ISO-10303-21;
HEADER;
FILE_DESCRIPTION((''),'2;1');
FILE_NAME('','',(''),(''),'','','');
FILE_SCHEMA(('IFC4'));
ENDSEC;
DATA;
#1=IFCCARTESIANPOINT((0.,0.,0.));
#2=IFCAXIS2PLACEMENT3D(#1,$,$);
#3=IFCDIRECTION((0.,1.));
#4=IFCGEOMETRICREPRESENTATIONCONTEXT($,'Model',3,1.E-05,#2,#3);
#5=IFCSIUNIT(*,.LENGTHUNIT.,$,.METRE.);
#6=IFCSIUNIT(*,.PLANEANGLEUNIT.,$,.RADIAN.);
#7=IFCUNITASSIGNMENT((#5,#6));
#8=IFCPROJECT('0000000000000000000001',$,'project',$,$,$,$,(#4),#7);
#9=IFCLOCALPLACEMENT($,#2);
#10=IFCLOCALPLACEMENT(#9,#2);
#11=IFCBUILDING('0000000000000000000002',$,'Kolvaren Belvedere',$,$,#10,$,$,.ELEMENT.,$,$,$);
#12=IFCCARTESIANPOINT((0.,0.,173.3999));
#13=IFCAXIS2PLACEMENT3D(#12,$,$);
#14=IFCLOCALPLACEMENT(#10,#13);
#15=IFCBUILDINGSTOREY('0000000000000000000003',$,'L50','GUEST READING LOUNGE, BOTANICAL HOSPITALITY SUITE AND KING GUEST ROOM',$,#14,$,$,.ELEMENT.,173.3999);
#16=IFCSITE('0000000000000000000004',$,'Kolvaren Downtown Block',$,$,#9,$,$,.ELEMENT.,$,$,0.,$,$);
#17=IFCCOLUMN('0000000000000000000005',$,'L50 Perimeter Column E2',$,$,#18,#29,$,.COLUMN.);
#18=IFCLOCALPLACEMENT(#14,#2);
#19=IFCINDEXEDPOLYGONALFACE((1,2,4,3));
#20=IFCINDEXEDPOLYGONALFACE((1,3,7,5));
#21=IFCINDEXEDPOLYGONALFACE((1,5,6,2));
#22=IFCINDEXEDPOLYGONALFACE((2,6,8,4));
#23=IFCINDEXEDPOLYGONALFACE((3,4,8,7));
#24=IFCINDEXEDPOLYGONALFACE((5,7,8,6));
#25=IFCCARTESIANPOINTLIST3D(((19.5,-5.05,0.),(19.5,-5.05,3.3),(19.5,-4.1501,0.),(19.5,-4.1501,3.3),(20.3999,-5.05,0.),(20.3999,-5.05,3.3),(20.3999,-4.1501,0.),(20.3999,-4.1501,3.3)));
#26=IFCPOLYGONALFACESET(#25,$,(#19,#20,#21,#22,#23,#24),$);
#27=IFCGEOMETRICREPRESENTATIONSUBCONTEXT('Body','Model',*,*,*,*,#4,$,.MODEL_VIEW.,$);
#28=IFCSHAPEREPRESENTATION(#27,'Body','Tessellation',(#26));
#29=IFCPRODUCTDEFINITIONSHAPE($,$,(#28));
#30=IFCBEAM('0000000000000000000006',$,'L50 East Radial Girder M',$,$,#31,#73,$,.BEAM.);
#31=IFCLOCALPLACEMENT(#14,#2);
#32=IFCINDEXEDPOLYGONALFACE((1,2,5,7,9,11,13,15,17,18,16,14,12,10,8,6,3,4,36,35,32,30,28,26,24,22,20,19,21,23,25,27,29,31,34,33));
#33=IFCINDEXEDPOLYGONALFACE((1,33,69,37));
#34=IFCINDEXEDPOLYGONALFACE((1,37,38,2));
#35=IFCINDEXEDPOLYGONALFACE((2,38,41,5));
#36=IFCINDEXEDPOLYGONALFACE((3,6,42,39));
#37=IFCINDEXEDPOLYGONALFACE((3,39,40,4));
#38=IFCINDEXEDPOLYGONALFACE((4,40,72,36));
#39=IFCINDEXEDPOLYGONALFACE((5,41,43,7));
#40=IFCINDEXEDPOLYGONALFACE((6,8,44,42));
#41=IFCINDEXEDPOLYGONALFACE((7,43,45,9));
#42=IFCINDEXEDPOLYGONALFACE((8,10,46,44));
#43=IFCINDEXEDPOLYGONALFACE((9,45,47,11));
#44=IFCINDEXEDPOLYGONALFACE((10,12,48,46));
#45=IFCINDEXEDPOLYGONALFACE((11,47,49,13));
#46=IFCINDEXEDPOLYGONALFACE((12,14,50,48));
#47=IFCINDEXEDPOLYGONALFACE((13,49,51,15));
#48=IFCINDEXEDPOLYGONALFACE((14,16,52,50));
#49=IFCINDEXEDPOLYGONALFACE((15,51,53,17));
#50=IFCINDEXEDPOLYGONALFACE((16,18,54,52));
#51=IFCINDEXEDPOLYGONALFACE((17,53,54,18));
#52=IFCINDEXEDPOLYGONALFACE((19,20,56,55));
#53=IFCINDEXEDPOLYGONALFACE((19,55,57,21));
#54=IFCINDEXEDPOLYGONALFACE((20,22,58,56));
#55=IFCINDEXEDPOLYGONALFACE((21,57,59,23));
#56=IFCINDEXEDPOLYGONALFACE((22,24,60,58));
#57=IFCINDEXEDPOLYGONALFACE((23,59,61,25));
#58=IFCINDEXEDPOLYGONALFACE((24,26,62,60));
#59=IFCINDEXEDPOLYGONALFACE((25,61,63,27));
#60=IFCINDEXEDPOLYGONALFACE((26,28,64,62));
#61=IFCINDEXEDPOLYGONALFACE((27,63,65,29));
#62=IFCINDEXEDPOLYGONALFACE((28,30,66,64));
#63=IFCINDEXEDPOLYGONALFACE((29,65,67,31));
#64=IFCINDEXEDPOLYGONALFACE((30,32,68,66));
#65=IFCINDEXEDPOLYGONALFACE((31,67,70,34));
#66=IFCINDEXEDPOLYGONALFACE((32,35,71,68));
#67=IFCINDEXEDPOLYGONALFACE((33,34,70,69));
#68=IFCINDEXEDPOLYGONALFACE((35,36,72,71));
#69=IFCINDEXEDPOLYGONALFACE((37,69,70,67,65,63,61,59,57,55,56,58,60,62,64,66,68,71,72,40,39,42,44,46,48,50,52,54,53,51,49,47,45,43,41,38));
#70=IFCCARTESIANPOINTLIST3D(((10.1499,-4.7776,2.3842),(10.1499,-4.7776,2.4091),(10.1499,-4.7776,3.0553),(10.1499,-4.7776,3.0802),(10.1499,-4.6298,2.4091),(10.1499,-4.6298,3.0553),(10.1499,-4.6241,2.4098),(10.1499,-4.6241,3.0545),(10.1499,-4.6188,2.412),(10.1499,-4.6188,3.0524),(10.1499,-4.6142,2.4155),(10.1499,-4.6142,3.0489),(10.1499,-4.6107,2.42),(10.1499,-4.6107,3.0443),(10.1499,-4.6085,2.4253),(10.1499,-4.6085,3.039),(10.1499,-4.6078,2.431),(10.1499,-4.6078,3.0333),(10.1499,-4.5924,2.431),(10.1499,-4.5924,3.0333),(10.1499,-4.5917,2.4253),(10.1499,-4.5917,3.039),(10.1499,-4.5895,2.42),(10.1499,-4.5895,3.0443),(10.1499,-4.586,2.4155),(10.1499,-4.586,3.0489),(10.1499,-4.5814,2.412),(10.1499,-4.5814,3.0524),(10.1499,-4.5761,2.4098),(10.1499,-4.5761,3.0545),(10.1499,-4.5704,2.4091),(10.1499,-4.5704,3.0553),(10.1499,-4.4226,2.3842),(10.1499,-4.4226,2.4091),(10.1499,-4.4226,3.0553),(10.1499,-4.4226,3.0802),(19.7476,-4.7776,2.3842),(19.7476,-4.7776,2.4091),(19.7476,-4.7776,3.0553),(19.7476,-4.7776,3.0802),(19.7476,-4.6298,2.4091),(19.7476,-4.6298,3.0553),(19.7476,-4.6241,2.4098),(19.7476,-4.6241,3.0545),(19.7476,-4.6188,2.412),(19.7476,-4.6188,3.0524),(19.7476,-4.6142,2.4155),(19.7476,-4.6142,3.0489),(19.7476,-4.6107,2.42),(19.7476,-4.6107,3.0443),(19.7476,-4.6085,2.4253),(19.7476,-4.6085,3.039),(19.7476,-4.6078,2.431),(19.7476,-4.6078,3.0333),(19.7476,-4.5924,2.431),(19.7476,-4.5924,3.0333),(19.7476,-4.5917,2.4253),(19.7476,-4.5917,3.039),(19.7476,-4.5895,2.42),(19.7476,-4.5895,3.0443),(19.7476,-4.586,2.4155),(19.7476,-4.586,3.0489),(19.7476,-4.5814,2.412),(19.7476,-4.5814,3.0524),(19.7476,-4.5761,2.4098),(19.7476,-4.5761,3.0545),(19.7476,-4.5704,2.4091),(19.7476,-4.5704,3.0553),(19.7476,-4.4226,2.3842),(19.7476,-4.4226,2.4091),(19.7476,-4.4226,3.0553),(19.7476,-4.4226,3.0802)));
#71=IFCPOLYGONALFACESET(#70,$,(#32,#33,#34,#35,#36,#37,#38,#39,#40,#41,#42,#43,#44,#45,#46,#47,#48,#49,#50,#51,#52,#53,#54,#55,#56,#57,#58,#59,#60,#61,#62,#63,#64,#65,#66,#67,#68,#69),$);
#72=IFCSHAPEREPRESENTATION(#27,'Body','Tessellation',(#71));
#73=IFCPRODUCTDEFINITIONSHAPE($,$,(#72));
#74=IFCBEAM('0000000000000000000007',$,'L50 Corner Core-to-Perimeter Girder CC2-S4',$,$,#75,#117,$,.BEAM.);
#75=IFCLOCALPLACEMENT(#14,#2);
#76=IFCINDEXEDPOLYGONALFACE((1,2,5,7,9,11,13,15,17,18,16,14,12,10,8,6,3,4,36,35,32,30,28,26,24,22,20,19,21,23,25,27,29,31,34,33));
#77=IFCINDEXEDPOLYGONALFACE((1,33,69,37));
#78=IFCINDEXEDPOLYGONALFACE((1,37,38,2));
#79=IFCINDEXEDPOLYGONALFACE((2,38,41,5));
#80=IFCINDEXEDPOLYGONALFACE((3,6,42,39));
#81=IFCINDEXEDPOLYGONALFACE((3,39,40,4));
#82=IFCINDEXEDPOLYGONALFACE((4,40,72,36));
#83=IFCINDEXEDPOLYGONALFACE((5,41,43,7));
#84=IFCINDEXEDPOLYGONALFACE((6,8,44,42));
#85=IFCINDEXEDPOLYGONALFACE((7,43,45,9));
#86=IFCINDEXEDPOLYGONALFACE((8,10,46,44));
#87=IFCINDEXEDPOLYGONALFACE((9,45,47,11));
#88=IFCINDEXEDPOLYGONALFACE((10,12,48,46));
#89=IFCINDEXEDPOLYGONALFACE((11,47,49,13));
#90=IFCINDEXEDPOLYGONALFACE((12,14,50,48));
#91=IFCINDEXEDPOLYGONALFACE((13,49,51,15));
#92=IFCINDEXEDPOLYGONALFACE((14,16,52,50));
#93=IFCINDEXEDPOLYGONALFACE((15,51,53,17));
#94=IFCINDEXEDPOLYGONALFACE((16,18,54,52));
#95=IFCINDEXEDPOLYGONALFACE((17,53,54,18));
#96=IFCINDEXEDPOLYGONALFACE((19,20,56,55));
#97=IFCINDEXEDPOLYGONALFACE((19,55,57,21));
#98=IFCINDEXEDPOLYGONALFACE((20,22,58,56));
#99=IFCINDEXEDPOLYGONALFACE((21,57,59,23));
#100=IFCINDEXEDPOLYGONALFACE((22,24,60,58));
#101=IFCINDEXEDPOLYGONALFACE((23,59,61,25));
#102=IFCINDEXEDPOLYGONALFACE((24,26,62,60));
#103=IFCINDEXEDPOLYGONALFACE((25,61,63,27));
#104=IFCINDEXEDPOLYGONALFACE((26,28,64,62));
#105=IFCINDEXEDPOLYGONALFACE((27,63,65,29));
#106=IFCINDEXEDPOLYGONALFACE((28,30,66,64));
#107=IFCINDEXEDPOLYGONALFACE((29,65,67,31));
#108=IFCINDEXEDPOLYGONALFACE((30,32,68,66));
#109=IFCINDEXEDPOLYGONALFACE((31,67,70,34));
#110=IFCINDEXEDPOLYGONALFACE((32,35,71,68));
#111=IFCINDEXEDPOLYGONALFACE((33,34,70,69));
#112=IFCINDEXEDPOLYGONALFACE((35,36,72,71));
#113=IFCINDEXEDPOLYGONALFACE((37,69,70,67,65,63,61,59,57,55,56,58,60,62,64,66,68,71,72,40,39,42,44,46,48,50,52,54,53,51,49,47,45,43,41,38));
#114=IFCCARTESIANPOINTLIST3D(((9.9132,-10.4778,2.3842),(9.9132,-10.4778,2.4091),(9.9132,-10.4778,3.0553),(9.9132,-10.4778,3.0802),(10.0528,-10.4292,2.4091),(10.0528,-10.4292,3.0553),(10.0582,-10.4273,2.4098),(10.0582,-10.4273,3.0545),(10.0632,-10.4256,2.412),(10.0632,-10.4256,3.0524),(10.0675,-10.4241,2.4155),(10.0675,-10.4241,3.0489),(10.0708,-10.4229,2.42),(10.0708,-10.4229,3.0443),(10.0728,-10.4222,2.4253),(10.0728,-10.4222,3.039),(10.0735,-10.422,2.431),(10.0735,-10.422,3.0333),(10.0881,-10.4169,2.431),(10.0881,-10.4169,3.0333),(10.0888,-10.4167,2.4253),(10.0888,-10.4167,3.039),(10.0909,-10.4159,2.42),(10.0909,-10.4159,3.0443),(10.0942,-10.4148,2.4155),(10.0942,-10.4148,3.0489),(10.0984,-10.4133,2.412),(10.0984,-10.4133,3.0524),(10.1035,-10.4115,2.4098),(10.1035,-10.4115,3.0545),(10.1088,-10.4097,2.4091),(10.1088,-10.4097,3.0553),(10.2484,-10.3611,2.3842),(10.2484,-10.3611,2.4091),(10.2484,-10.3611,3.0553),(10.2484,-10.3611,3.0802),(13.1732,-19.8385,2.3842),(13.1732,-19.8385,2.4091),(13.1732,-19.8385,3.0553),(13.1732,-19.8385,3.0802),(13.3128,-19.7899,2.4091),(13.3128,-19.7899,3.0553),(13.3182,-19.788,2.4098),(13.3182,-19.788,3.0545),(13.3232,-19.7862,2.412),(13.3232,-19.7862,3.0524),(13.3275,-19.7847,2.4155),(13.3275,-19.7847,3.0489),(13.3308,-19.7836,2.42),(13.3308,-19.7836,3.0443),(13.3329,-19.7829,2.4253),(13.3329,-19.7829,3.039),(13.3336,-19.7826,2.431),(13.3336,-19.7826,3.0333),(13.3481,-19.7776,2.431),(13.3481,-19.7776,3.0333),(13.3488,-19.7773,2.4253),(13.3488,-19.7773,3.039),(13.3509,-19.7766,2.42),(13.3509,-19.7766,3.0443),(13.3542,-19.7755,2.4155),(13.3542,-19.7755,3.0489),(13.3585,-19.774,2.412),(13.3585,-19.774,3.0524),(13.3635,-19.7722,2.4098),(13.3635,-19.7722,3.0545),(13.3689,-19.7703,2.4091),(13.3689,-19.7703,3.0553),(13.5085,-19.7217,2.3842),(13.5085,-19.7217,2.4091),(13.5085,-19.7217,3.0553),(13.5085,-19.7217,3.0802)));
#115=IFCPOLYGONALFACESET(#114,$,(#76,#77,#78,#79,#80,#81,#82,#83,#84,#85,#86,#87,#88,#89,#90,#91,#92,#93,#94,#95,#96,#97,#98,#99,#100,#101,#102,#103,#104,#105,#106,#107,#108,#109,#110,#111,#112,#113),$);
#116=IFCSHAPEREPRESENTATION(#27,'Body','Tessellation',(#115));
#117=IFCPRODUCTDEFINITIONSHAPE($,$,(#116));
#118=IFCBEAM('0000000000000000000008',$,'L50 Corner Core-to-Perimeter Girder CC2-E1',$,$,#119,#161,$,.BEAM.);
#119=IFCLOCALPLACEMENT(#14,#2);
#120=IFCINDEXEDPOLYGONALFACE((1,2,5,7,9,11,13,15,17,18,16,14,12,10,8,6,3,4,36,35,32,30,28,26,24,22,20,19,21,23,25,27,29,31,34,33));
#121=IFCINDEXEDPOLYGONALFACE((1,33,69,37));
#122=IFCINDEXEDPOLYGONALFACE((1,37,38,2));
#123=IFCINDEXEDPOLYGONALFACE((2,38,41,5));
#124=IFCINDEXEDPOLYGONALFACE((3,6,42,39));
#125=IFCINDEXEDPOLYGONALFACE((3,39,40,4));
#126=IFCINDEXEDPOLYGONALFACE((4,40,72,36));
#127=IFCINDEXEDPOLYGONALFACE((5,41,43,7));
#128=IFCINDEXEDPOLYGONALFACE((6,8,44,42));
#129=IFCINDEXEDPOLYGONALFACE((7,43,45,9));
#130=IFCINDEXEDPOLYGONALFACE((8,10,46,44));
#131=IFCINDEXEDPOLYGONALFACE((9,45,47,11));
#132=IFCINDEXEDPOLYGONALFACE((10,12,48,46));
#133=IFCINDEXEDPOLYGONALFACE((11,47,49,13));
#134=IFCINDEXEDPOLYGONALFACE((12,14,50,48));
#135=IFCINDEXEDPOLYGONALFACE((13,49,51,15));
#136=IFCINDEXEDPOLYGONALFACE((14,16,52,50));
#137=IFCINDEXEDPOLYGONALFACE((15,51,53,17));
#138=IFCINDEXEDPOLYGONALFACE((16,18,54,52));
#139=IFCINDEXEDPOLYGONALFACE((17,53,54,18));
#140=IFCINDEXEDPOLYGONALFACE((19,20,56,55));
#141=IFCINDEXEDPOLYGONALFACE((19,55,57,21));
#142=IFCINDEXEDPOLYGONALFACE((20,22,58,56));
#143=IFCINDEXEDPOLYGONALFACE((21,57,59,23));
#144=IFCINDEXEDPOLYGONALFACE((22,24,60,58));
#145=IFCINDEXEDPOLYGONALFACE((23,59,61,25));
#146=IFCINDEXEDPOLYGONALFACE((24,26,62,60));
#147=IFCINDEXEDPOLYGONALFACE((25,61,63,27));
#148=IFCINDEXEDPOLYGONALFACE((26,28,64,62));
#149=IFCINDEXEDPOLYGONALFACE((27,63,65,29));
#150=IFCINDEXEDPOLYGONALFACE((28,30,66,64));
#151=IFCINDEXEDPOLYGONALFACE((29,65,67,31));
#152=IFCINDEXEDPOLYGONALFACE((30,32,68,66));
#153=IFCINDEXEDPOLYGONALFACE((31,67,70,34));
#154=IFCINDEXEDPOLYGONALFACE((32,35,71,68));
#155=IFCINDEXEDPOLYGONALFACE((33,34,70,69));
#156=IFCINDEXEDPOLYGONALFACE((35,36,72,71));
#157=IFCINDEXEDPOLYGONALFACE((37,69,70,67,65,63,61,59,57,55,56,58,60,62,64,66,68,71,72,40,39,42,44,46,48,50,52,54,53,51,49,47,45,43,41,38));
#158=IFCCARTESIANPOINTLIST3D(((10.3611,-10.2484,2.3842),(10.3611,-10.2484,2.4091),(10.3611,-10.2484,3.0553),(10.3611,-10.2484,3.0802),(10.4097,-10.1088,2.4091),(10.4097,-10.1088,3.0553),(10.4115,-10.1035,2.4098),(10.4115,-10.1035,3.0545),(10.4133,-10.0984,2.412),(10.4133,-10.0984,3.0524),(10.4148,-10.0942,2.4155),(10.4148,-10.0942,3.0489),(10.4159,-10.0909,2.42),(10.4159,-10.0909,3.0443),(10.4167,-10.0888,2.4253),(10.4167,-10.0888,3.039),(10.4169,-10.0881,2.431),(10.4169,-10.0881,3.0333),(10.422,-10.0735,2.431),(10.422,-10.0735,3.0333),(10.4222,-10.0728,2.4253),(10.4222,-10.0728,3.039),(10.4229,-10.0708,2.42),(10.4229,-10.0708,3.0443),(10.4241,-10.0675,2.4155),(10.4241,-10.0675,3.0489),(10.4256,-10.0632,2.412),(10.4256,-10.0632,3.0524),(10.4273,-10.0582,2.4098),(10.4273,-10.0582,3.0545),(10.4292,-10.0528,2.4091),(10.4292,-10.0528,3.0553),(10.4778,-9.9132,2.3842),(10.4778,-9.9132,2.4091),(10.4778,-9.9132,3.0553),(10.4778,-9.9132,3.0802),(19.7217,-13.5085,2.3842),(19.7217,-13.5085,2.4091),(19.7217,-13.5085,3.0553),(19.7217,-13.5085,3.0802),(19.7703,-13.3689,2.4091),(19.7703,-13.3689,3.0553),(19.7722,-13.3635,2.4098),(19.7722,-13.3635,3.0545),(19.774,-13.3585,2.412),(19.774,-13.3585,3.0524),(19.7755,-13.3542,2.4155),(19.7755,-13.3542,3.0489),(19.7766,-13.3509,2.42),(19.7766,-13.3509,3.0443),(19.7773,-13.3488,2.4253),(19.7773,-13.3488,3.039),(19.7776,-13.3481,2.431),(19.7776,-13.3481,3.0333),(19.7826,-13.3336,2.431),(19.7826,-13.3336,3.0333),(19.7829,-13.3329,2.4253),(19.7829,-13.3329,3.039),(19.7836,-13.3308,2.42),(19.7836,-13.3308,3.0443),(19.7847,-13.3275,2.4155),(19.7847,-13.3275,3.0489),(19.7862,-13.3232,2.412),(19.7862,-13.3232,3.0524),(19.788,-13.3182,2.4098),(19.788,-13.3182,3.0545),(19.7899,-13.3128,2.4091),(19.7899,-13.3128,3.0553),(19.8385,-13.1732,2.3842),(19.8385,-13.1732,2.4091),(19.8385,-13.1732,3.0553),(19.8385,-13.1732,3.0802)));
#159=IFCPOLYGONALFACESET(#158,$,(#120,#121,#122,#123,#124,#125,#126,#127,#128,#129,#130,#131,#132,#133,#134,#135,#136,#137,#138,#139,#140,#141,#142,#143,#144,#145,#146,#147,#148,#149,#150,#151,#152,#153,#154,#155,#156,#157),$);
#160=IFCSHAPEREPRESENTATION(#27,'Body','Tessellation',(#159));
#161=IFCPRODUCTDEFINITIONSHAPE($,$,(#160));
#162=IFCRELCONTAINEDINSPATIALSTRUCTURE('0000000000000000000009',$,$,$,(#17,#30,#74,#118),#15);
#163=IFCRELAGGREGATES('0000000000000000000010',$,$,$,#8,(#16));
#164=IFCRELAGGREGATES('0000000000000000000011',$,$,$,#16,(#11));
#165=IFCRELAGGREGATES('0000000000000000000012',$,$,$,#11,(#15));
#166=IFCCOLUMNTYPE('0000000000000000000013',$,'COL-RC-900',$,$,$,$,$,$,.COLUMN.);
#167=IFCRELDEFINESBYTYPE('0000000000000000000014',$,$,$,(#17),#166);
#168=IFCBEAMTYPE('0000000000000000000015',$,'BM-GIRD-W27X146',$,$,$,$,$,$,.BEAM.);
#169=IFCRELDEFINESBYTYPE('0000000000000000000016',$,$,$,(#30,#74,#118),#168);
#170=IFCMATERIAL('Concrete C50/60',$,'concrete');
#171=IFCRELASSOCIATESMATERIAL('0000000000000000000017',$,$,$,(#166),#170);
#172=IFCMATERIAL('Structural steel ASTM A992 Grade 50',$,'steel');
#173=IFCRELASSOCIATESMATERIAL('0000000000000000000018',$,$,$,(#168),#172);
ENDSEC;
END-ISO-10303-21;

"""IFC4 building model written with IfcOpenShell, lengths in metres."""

from ifc_helpers import new_model, si_unit, direction, frame, origin, origin_2d, place, context, subcontext, project, spatial, rectangle, i_section, extrude, material, material_profile, profile_set, type_object, element, save


model = new_model("IFC4")

# Units and contexts
model_context = context("Model", 3, precision=1e-05, world=origin(), true_north=direction((0.0, 1.0)))
body_context = subcontext(model_context, "Body", "Model", "MODEL_VIEW")
ifc_project = project(units=[si_unit("LENGTHUNIT", "METRE"), si_unit("PLANEANGLEUNIT", "RADIAN")], contexts=[model_context])

# Site, building, storey
site_placement = place(None, origin())
site = spatial("IfcSite", under=ifc_project, at=site_placement, Name="Kolvaren Downtown Block", CompositionType="ELEMENT", RefElevation=0.0)
building_placement = place(site_placement, origin())
building = spatial("IfcBuilding", under=site, at=building_placement, Name="Kolvaren Belvedere", CompositionType="ELEMENT")
storey_placement = place(building_placement, frame((0.0, 0.0, 173.3999)))
storey = spatial("IfcBuildingStorey", under=building, at=storey_placement, Name="L50", Description="GUEST READING LOUNGE, BOTANICAL HOSPITALITY SUITE AND KING GUEST ROOM", CompositionType="ELEMENT", Elevation=173.3999)

# Column
ifc_material_1 = material(Name="Concrete C50/60", Category="concrete")
ifc_material_profile_1 = material_profile(ifc_material_1, rectangle(XDim=0.8999, YDim=0.8999, at=origin_2d()), Name="RC 900X900")
ifc_profile_set_1 = profile_set([ifc_material_profile_1], Name="Concrete C50/60")
column_type = type_object("IfcColumnType", Name="COL-RC-900", PredefinedType="COLUMN", material=ifc_profile_set_1)
column_placement = place(storey_placement, frame((19.95, -4.6001, 0.0), z_axis=(0.0, 0.0, 1.0), x_axis=(1.0, 0.0, 0.0)))
element("IfcColumn", 1, at=column_placement, inside=storey, type_object=column_type, Name="L50 Perimeter Column E2", PredefinedType="COLUMN", context=body_context, shape_type="SweptSolid", body=[
    extrude(rectangle(XDim=0.8999, YDim=0.8999, at=origin_2d()), origin(), (0.0, 0.0, 1.0), 3.3),
])

# Beams
ifc_material_2 = material(Name="Structural steel ASTM A992 Grade 50", Category="steel")
ifc_material_profile_2 = material_profile(ifc_material_2, i_section(OverallWidth=0.355, OverallDepth=0.696, WebThickness=0.0154, FlangeThickness=0.0249, FilletRadius=0.022, at=origin_2d()), Name="W27X146")
ifc_profile_set_2 = profile_set([ifc_material_profile_2], Name="Structural steel ASTM A992 Grade 50")
beam_type_1 = type_object("IfcBeamType", Name="BM-GIRD-W27X146", PredefinedType="BEAM", material=ifc_profile_set_2)
beam_1_placement = place(storey_placement, frame((10.1499, -4.6001, 2.7322), z_axis=(1.0, 0.0, 0.0), x_axis=(0.0, 1.0, 0.0)))
element("IfcBeam", 2, at=beam_1_placement, inside=storey, type_object=beam_type_1, Name="L50 East Radial Girder M", PredefinedType="BEAM", context=body_context, shape_type="SweptSolid", body=[
    extrude(i_section(OverallWidth=0.355, OverallDepth=0.696, WebThickness=0.0154, FlangeThickness=0.0249, FilletRadius=0.022, at=origin_2d()), origin(), (0.0, 0.0, 1.0), 9.5977),
])
for number, where, z_axis, x_axis, name in (
    (3, (10.0808, -10.4194, 2.7322), (0.328894, -0.944367, 0.0), (0.944367, 0.328894, 0.0), "L50 Corner Core-to-Perimeter Girder CC2-S4"),
    (4, (10.4194, -10.0808, 2.7322), (0.944367, -0.328894, 0.0), (0.328894, 0.944367, 0.0), "L50 Corner Core-to-Perimeter Girder CC2-E1"),
):
    element("IfcBeam", number, at=place(storey_placement, frame(where, z_axis=z_axis, x_axis=x_axis)), inside=storey, type_object=beam_type_1, Name=name, PredefinedType="BEAM", context=body_context, shape_type="SweptSolid", body=[
        extrude(i_section(OverallWidth=0.355, OverallDepth=0.696, WebThickness=0.0154, FlangeThickness=0.0249, FilletRadius=0.022, at=origin_2d()), origin(), (0.0, 0.0, 1.0), 9.9121),
    ])

save(model, "model.ifc")
